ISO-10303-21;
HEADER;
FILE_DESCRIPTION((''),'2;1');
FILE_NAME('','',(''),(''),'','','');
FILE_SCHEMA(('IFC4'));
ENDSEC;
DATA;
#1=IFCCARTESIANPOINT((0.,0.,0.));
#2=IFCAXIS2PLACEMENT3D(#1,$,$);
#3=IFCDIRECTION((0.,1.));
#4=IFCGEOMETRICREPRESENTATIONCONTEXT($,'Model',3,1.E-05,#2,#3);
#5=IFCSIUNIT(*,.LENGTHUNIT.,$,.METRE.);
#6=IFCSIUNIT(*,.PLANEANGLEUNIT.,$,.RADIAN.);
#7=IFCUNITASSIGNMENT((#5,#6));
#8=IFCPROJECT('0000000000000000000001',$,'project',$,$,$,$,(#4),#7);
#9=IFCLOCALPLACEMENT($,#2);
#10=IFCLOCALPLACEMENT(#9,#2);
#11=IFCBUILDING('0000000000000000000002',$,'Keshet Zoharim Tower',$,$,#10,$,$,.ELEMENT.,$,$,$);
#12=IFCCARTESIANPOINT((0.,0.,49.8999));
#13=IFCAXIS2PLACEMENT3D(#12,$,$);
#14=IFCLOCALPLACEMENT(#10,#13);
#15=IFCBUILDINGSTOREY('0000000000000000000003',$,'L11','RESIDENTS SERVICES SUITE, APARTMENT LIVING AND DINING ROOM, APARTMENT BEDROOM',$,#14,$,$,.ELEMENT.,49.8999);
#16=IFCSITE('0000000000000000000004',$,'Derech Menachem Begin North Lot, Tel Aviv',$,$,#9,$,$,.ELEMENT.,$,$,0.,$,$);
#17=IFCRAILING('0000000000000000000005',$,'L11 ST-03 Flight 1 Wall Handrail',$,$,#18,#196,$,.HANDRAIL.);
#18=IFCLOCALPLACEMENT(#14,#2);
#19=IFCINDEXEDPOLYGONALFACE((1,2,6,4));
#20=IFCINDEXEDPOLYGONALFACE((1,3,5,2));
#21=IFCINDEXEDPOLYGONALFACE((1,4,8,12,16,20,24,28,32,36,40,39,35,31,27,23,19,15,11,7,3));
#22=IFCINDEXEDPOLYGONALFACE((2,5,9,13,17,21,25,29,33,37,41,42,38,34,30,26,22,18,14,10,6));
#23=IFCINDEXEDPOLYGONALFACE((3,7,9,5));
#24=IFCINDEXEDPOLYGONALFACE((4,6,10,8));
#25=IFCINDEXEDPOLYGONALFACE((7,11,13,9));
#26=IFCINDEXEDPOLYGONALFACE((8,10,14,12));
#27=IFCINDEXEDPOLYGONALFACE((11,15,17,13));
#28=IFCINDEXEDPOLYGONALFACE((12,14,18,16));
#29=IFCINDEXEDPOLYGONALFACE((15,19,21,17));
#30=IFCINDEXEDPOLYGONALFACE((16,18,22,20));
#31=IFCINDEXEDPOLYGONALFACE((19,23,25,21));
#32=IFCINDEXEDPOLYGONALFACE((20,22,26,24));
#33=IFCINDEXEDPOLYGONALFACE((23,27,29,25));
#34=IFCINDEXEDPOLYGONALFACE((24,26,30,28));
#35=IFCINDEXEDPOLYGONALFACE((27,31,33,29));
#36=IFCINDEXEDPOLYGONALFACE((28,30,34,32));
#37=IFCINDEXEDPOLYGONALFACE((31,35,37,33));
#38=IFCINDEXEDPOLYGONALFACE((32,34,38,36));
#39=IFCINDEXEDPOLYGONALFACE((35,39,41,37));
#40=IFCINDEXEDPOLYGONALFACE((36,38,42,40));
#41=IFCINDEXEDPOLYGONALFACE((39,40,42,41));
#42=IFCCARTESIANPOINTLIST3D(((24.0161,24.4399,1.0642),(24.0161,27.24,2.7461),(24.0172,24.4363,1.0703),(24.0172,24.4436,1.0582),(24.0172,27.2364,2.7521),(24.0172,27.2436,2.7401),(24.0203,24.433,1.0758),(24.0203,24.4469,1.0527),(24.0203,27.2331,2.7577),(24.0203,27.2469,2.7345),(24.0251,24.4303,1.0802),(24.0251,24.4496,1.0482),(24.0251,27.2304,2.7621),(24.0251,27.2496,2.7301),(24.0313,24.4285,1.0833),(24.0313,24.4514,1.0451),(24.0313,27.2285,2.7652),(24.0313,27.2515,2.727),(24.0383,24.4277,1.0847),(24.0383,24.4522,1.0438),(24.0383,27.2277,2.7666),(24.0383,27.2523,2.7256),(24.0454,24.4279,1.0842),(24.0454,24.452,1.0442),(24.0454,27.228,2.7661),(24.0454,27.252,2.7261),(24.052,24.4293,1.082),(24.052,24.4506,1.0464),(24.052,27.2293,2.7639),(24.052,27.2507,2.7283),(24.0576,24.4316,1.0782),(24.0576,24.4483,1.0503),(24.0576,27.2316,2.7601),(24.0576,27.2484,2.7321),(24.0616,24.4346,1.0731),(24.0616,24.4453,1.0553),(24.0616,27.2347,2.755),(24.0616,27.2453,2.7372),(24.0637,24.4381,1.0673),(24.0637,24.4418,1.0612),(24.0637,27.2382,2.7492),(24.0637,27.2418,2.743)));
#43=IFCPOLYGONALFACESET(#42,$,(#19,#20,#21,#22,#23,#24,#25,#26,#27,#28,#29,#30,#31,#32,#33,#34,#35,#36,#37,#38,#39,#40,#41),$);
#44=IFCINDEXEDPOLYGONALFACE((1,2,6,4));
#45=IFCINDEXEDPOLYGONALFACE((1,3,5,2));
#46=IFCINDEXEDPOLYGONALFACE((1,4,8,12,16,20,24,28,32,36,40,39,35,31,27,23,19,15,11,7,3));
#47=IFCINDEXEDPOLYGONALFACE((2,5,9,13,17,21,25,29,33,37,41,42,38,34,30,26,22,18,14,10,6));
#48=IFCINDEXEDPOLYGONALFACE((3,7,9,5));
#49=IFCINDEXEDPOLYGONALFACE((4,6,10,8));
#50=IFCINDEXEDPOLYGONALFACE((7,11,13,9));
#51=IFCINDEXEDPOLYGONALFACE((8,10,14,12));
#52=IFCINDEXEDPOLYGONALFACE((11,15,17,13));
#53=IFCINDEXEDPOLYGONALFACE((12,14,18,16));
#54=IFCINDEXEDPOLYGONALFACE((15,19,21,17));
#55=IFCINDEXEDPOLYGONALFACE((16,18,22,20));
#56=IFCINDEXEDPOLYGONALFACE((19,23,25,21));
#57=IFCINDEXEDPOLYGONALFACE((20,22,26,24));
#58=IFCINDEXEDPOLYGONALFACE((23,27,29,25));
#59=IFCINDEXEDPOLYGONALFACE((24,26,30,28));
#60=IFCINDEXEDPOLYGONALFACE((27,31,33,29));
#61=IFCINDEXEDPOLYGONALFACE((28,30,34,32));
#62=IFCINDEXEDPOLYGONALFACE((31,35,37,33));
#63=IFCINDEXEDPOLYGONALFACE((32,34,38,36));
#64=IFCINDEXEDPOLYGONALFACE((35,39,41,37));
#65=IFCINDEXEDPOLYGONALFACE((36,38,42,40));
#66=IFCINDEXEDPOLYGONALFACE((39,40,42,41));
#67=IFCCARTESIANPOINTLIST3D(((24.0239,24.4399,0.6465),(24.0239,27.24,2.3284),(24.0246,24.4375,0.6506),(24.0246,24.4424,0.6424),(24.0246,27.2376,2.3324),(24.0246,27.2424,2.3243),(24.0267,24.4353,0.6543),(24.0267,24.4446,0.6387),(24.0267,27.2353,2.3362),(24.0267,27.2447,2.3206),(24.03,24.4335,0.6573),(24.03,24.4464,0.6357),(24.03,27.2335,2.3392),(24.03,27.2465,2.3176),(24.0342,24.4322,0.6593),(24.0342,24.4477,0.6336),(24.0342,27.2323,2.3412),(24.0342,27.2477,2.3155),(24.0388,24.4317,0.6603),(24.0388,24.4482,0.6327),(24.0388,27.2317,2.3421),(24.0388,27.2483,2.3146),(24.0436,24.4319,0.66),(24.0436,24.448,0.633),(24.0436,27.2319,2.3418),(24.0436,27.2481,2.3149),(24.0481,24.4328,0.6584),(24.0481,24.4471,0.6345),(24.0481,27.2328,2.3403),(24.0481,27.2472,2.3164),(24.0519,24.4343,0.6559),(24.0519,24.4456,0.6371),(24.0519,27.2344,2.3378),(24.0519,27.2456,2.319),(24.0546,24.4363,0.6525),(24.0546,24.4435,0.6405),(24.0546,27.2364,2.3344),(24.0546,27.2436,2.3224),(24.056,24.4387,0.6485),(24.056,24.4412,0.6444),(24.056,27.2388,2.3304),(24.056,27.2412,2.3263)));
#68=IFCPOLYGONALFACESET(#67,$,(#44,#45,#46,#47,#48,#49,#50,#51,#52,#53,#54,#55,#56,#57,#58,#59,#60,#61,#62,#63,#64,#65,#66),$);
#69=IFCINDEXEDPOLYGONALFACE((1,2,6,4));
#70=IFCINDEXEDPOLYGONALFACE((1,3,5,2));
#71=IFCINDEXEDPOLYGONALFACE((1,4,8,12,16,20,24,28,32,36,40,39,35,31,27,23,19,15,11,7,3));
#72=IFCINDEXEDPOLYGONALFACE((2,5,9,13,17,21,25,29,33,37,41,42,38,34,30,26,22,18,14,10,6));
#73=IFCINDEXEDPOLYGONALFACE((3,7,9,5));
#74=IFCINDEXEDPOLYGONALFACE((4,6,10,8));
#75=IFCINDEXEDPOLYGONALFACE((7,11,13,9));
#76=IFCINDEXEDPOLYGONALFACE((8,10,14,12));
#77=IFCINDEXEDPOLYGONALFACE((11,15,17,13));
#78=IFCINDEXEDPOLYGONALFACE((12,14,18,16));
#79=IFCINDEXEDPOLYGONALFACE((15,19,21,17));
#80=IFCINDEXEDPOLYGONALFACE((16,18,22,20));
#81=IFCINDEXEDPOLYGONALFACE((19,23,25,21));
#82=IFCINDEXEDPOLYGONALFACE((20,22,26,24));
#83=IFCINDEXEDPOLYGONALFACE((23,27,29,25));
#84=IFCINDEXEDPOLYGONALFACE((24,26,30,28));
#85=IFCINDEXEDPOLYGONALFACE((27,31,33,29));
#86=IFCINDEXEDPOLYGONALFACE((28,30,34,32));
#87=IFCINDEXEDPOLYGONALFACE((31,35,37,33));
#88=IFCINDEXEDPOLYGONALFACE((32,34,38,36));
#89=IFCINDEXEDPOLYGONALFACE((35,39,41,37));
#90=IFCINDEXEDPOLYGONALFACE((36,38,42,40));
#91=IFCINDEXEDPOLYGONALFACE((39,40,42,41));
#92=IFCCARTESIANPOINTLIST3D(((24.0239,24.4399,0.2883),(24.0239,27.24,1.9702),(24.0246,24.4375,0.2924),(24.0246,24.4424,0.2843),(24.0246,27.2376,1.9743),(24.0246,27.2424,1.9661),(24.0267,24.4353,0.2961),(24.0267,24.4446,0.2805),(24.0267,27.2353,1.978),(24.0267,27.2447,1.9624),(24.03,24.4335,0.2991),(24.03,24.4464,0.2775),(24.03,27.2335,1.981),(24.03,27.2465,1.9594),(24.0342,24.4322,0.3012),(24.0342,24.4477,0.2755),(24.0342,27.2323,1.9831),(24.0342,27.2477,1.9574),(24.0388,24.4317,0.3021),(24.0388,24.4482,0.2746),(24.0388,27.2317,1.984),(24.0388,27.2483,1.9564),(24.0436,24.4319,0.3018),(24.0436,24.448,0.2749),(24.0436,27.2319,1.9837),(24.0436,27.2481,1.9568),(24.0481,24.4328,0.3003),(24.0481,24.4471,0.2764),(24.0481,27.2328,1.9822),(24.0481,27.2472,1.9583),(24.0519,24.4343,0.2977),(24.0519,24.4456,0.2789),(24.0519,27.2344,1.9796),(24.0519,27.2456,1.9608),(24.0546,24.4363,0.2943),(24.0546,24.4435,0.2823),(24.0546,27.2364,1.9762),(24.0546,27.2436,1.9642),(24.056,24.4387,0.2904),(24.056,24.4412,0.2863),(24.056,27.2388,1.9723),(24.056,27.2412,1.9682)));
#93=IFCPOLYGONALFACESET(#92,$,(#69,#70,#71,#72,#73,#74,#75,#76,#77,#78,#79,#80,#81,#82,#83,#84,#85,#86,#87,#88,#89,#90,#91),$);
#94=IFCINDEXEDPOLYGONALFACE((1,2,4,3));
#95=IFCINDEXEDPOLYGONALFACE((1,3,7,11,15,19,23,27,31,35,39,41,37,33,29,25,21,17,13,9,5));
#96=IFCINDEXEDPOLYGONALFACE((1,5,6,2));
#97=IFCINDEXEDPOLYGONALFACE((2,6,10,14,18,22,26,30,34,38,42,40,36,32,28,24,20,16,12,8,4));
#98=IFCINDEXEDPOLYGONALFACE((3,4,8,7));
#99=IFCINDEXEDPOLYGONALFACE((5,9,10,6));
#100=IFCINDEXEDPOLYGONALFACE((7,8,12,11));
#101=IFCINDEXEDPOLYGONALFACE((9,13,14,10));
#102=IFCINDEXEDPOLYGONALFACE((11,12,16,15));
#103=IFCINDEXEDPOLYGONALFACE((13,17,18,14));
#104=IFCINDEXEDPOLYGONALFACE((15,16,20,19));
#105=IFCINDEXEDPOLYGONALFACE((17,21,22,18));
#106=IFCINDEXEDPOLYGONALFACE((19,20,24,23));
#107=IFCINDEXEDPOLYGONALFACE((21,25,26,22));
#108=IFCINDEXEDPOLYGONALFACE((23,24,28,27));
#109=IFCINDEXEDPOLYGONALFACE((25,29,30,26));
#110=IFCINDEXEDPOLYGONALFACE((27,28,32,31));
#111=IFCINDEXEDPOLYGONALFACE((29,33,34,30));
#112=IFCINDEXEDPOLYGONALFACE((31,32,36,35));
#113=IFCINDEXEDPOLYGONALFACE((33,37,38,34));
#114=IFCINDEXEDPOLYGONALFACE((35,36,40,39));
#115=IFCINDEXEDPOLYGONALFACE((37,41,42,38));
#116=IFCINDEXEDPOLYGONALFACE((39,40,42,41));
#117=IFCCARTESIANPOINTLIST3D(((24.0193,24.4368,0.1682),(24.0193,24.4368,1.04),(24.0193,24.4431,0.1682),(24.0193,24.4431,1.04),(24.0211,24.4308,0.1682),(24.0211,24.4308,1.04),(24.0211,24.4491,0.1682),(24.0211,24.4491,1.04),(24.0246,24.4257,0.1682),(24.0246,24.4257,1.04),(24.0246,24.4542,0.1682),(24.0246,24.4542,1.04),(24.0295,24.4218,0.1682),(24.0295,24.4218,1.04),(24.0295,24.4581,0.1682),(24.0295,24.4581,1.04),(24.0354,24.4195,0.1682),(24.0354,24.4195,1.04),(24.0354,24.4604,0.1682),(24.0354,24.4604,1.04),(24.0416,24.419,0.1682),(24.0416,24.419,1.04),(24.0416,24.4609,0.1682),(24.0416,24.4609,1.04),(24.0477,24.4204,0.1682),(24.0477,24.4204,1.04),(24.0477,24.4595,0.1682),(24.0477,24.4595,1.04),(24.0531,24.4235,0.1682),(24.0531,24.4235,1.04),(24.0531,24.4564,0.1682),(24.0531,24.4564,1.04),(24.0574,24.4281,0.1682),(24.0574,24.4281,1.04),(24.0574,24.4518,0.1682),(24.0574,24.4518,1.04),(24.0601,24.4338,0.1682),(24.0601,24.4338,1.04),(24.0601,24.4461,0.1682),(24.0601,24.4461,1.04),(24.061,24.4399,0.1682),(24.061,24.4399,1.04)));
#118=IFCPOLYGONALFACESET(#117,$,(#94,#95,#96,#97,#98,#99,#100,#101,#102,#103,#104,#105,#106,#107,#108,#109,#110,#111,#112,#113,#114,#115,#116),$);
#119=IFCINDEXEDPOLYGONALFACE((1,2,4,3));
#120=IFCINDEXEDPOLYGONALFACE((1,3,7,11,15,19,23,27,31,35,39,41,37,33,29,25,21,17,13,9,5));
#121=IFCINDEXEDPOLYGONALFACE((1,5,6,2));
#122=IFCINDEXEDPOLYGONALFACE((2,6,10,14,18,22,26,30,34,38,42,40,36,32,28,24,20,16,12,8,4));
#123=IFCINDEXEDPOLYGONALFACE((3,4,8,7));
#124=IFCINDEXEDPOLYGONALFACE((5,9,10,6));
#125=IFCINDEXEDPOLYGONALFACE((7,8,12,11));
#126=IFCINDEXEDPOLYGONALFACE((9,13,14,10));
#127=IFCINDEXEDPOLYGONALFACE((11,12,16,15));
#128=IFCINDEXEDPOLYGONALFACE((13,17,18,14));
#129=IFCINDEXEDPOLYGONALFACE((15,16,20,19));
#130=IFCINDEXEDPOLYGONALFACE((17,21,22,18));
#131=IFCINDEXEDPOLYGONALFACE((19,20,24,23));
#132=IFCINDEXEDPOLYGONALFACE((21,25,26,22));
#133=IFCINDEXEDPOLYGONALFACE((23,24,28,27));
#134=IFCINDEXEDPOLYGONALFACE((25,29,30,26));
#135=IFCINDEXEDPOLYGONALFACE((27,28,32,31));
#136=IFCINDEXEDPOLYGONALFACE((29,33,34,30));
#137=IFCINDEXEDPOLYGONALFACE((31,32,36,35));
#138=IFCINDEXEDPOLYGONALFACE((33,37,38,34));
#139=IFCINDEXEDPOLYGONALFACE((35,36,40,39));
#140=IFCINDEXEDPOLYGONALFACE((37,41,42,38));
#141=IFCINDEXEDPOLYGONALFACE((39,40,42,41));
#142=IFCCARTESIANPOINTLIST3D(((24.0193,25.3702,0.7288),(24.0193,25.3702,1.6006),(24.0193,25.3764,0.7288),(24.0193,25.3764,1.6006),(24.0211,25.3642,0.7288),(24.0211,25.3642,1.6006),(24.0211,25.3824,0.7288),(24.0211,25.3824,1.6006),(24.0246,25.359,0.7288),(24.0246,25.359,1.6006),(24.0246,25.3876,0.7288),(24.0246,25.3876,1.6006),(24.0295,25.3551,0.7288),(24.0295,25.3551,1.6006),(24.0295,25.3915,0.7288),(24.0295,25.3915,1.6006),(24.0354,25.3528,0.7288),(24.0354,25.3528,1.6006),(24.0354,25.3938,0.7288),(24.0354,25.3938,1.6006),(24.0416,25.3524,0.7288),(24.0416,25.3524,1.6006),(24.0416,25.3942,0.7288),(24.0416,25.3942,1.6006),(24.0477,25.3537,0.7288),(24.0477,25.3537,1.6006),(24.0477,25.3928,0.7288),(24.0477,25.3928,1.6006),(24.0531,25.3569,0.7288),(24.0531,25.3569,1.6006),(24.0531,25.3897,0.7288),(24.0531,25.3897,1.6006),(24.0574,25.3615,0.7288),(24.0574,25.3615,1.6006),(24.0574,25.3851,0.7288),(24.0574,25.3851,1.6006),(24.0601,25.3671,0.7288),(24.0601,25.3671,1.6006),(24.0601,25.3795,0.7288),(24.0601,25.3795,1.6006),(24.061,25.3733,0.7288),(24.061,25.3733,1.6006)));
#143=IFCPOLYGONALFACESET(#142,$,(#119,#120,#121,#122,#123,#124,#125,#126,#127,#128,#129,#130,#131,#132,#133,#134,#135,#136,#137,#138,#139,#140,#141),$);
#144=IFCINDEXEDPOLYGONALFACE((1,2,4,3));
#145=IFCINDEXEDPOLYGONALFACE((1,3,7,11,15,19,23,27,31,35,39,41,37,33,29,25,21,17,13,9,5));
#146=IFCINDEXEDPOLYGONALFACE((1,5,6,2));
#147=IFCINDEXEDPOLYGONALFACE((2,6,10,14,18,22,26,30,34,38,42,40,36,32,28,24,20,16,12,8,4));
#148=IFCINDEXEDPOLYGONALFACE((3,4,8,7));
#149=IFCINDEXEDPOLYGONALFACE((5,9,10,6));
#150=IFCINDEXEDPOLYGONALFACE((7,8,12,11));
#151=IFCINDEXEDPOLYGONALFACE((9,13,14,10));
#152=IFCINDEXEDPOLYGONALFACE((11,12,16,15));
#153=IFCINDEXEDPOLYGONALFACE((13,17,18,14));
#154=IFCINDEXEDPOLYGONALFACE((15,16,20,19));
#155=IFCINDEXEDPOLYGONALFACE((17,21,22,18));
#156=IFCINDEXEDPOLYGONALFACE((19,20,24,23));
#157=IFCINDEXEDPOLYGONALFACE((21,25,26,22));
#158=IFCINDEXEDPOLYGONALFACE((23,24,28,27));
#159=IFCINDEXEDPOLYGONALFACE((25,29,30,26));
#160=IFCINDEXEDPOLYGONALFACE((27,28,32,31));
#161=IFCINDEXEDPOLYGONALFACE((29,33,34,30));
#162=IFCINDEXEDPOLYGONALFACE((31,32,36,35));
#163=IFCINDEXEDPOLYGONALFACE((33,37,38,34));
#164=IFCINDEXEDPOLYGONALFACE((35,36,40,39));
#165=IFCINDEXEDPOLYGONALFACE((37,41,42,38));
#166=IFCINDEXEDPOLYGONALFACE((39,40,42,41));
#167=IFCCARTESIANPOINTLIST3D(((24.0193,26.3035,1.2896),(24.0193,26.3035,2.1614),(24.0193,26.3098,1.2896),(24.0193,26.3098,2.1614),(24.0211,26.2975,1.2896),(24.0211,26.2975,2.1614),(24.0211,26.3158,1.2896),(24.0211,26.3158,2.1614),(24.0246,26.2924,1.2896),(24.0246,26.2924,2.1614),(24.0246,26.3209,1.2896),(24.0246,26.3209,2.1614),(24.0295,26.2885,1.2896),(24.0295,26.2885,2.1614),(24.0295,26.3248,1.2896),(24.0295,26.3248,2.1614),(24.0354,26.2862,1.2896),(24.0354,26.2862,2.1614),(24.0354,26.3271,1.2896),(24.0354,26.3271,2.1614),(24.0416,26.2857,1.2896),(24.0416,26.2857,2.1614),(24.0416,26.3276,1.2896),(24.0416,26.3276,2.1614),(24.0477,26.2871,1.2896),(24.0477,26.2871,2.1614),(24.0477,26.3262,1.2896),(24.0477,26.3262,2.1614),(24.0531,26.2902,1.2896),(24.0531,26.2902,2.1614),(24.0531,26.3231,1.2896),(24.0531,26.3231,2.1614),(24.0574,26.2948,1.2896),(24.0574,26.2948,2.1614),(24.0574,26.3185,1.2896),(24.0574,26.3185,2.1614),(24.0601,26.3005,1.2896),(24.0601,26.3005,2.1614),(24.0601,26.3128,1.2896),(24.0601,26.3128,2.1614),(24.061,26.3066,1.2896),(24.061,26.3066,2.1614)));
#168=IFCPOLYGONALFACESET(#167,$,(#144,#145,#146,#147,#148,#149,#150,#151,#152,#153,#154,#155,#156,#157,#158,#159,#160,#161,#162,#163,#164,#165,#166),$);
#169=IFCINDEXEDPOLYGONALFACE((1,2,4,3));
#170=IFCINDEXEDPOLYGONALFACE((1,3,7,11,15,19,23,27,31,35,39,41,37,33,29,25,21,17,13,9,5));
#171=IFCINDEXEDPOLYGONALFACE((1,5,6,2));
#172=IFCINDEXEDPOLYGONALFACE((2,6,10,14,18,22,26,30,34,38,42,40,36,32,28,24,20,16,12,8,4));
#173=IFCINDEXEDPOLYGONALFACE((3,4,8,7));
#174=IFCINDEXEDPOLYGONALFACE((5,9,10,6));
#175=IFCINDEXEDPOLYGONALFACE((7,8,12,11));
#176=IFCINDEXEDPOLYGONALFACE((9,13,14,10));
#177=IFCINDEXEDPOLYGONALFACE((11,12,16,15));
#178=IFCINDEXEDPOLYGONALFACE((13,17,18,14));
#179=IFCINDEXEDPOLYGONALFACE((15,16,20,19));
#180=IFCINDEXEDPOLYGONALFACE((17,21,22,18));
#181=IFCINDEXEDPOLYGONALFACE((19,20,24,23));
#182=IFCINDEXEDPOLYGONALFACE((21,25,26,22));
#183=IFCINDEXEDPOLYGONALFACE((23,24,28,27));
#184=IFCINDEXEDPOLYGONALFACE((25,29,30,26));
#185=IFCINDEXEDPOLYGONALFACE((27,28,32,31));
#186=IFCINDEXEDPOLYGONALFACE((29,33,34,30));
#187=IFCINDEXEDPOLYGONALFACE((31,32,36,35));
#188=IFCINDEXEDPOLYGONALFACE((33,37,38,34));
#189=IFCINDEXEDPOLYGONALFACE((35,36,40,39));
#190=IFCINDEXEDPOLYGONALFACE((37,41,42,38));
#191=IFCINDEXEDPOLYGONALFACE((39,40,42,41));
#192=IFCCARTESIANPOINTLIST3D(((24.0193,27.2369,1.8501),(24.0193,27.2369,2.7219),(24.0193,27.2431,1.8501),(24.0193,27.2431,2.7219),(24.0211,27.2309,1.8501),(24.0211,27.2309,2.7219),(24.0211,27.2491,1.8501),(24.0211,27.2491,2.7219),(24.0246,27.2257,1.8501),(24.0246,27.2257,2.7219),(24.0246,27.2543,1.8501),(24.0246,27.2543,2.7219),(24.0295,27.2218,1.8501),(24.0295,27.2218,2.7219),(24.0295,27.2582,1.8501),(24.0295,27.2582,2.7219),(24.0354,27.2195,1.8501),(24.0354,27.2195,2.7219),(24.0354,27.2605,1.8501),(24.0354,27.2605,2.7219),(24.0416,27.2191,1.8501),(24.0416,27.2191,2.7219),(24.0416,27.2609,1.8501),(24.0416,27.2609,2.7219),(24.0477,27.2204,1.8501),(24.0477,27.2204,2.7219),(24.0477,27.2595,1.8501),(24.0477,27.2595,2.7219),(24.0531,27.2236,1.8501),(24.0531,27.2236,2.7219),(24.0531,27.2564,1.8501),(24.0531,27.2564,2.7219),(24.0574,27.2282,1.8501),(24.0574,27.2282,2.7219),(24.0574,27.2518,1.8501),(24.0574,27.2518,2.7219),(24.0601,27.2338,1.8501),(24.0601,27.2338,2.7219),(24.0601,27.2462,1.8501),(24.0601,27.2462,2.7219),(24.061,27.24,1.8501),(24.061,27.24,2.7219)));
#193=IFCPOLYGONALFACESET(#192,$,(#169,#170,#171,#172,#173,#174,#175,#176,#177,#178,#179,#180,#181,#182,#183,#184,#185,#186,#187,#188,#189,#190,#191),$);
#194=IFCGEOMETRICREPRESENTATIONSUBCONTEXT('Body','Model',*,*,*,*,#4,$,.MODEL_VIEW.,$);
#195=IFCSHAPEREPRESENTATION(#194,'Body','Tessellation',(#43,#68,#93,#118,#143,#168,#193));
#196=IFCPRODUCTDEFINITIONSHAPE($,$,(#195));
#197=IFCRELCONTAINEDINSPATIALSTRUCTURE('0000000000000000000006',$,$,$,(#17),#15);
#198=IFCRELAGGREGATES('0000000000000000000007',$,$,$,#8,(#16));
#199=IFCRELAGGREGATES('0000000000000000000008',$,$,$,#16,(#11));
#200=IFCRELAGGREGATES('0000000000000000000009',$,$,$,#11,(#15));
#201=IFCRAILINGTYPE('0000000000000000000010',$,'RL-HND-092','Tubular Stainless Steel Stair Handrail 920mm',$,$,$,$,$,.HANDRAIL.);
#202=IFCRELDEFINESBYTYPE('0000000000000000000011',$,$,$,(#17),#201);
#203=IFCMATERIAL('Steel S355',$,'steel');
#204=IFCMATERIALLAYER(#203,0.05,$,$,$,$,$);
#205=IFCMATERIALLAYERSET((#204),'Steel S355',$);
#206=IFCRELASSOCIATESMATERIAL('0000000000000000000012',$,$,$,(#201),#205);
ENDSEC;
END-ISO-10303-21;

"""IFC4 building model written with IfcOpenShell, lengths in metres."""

from ifc_helpers import new_model, si_unit, direction, frame, origin, origin_2d, place, context, subcontext, project, spatial, circle, extrude, material, layer, layer_set, type_object, element, save


model = new_model("IFC4")

# Units and contexts
model_context = context("Model", 3, precision=1e-05, world=origin(), true_north=direction((0.0, 1.0)))
body_context = subcontext(model_context, "Body", "Model", "MODEL_VIEW")
ifc_project = project(units=[si_unit("LENGTHUNIT", "METRE"), si_unit("PLANEANGLEUNIT", "RADIAN")], contexts=[model_context])

# Site, building, storey
site_placement = place(None, origin())
site = spatial("IfcSite", under=ifc_project, at=site_placement, Name="Derech Menachem Begin North Lot, Tel Aviv", CompositionType="ELEMENT", RefElevation=0.0)
building_placement = place(site_placement, origin())
building = spatial("IfcBuilding", under=site, at=building_placement, Name="Keshet Zoharim Tower", CompositionType="ELEMENT")
storey_placement = place(building_placement, frame((0.0, 0.0, 49.8999)))
storey = spatial("IfcBuildingStorey", under=building, at=storey_placement, Name="L11", Description="RESIDENTS SERVICES SUITE, APARTMENT LIVING AND DINING ROOM, APARTMENT BEDROOM", CompositionType="ELEMENT", Elevation=49.8999)

# Shared definitions
ifc_material_1 = material(Name="Steel S355", Category="steel")

# Railing
ifc_layer_1 = layer(ifc_material_1, 0.05)
ifc_layer_set_1 = layer_set([ifc_layer_1], Name="Steel S355")
railing_type_1 = type_object("IfcRailingType", Name="RL-HND-092", Description="Tubular Stainless Steel Stair Handrail 920mm", PredefinedType="HANDRAIL", material=ifc_layer_set_1)
railing_1_placement = place(storey_placement, frame((24.04, 24.4399, 0.1682)))
element("IfcRailing", 1, at=railing_1_placement, inside=storey, type_object=railing_type_1, Name="L11 ST-03 Flight 1 Wall Handrail", PredefinedType="HANDRAIL", context=body_context, shape_type="SweptSolid", body=[
    extrude(circle(Radius=0.0239, at=origin_2d()), frame((0.0, 0.0, 0.896), z_axis=(0.0, 0.857242, 0.514913), x_axis=(-1.0, 0.0, 0.0)), (0.0, 0.0, 1.0), 3.2664),
    extrude(circle(Radius=0.0161, at=origin_2d()), frame((0.0, 0.0, 0.4783), z_axis=(0.0, 0.857242, 0.514913), x_axis=(-1.0, 0.0, 0.0)), (0.0, 0.0, 1.0), 3.2664),
    extrude(circle(Radius=0.0161, at=origin_2d()), frame((0.0, 0.0, 0.1201), z_axis=(0.0, 0.857242, 0.514913), x_axis=(-1.0, 0.0, 0.0)), (0.0, 0.0, 1.0), 3.2664),
    extrude(circle(Radius=0.021, at=origin_2d()), origin(), (0.0, 0.0, 1.0), 0.8718),
    extrude(circle(Radius=0.021, at=origin_2d()), frame((0.0, 0.9333, 0.5605)), (0.0, 0.0, 1.0), 0.8718),
    extrude(circle(Radius=0.021, at=origin_2d()), frame((0.0, 1.8667, 1.1213)), (0.0, 0.0, 1.0), 0.8718),
    extrude(circle(Radius=0.021, at=origin_2d()), frame((0.0, 2.8, 1.6819)), (0.0, 0.0, 1.0), 0.8718),
])

save(model, "model.ifc")
